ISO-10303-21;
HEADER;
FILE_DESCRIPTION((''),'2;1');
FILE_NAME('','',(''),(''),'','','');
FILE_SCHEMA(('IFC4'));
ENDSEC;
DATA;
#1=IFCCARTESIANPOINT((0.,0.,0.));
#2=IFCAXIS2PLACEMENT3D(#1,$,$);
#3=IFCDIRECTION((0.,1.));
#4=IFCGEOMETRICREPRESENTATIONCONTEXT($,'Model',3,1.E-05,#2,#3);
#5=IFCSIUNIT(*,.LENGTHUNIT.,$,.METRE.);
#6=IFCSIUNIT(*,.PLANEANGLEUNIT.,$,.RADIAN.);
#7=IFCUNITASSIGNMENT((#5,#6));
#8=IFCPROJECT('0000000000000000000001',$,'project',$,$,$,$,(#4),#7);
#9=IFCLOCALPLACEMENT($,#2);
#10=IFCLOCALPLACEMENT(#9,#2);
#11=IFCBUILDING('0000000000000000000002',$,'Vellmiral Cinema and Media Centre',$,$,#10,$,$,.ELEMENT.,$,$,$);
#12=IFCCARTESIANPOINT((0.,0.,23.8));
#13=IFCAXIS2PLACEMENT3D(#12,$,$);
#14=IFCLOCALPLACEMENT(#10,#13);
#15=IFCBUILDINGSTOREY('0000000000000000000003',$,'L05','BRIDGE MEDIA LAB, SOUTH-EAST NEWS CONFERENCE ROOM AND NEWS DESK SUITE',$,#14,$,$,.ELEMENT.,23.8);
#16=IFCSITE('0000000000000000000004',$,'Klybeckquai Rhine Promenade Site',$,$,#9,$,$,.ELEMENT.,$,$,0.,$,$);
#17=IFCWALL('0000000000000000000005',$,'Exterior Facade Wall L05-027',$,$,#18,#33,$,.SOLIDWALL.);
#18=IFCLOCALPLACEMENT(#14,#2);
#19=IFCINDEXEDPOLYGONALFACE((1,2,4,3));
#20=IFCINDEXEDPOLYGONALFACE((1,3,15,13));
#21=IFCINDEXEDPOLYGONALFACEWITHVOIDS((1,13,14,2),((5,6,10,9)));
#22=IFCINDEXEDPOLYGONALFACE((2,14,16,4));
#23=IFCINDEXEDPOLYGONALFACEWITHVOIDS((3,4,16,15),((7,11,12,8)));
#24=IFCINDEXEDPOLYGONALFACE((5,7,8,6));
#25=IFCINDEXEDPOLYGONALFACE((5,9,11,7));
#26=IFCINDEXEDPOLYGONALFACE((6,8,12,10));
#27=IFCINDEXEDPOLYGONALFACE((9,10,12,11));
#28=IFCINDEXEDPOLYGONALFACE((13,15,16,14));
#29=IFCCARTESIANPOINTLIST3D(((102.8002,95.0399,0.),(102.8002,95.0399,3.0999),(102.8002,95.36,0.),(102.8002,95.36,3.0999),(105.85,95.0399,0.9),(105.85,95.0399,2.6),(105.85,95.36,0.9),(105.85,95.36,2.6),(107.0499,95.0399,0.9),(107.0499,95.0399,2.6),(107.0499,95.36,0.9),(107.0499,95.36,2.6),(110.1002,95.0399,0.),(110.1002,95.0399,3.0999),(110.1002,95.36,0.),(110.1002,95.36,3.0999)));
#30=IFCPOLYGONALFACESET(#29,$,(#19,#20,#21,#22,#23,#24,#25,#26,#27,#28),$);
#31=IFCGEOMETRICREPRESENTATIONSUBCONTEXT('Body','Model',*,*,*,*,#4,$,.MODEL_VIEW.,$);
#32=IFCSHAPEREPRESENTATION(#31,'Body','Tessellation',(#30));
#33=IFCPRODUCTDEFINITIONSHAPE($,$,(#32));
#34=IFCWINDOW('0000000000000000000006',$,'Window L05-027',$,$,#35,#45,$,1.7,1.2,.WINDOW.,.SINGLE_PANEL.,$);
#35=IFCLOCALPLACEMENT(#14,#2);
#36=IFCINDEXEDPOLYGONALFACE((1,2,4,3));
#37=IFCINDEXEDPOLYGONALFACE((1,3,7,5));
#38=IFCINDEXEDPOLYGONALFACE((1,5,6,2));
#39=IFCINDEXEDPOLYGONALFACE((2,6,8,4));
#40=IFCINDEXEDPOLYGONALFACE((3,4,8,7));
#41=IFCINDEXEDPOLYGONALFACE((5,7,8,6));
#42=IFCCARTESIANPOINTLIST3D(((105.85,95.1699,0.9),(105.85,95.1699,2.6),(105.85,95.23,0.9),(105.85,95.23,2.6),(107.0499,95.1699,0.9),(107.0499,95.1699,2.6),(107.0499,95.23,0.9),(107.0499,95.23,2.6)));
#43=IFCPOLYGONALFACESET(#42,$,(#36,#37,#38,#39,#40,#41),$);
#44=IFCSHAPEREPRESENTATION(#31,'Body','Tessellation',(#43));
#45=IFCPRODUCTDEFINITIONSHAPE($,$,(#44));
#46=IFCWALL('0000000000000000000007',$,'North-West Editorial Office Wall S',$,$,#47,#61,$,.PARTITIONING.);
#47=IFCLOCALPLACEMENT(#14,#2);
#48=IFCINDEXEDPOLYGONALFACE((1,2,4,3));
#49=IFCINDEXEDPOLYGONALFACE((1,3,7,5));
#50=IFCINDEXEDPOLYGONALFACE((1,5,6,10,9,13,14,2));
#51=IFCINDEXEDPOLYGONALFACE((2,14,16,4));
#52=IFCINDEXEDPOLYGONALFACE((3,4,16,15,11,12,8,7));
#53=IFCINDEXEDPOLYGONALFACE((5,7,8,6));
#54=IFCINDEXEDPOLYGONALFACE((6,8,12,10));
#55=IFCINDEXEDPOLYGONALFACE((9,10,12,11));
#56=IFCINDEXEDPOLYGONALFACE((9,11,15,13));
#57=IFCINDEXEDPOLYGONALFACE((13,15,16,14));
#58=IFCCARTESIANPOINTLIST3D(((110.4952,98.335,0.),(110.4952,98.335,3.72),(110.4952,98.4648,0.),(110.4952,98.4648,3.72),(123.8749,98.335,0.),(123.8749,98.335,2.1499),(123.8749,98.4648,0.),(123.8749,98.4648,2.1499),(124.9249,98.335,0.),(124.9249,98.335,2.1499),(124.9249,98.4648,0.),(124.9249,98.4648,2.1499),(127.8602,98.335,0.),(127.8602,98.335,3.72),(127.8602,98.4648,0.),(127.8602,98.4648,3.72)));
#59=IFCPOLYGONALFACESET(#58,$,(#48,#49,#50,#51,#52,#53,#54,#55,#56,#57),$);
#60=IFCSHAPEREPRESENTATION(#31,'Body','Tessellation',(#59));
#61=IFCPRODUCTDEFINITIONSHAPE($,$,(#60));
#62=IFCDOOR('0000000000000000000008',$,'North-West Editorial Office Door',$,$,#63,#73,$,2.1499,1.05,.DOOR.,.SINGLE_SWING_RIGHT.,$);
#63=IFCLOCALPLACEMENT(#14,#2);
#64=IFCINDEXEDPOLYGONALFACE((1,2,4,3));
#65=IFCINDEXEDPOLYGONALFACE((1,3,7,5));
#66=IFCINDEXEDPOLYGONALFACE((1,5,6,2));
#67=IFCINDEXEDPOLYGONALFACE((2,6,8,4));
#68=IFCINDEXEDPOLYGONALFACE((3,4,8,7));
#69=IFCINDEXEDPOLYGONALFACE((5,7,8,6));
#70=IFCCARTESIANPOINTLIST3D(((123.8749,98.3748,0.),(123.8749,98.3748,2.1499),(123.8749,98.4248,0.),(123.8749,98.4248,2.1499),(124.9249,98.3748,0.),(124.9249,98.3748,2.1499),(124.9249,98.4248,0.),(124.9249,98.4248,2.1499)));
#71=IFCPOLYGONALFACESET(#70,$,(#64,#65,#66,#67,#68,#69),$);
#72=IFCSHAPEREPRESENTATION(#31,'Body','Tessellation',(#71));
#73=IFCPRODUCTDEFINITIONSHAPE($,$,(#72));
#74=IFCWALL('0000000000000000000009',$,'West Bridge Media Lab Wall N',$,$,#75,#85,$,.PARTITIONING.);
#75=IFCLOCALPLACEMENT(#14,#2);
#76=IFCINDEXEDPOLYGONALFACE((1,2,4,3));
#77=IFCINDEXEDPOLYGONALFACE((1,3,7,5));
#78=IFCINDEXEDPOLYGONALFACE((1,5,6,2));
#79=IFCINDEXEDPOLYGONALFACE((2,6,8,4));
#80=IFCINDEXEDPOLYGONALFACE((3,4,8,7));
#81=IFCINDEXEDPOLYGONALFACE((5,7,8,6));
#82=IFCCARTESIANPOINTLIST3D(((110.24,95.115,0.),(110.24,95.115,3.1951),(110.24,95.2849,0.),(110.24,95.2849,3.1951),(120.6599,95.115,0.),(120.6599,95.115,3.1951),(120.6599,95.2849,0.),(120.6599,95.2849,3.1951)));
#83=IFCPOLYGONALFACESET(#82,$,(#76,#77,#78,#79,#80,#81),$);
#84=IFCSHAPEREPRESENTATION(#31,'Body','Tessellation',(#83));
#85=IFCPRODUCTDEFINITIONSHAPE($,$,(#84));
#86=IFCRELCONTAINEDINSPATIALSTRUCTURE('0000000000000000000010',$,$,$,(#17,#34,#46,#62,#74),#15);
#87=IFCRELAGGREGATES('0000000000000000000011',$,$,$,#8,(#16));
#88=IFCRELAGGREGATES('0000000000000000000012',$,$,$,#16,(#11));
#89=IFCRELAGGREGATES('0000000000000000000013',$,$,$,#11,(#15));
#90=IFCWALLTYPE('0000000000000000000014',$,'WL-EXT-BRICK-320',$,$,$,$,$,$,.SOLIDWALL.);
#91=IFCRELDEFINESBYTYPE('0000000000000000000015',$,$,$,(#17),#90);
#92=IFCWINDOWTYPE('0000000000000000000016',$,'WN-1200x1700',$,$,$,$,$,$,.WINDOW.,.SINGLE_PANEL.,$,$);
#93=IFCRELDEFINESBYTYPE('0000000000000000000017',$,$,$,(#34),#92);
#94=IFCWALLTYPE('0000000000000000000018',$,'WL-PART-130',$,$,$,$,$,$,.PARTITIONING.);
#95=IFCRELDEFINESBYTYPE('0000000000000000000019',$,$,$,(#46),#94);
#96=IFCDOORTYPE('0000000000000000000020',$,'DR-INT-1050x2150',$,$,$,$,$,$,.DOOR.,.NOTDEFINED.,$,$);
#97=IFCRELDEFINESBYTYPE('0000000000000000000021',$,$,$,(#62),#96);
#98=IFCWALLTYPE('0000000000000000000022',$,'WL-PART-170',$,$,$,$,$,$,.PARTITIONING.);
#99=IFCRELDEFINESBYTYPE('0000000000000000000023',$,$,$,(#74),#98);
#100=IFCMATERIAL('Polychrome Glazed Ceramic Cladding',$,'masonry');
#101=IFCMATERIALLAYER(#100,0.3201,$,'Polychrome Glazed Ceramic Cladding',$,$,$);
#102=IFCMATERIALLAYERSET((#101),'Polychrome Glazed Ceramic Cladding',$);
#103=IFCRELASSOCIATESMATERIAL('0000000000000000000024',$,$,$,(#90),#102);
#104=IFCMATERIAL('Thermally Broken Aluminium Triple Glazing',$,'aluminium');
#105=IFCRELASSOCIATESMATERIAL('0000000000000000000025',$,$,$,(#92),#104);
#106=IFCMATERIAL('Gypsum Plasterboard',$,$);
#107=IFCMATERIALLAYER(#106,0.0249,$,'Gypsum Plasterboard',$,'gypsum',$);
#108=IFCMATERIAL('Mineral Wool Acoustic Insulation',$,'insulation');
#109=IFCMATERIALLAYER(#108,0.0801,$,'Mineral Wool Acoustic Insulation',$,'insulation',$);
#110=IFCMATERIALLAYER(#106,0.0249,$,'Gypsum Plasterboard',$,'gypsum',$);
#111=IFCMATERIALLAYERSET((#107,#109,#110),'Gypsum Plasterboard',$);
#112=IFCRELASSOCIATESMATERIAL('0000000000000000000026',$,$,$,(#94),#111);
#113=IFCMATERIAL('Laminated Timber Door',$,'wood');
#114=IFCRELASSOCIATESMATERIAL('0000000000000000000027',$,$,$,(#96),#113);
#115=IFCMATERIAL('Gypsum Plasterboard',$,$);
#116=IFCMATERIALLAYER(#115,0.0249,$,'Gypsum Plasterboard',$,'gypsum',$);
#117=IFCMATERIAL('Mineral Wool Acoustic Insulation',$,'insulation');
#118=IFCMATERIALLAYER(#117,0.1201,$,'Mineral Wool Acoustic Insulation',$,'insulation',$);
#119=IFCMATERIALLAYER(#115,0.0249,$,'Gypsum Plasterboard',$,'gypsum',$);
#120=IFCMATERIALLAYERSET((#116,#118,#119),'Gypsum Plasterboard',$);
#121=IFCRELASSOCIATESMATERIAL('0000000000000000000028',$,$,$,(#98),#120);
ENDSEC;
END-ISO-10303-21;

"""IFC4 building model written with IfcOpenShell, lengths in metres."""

from ifc_helpers import new_model, si_unit, direction, frame, frame_2d, origin, place, context, subcontext, project, spatial, rectangle, extrude, material, layer, layer_set, type_object, element, fill, save


model = new_model("IFC4")

# Units and contexts
model_context = context("Model", 3, precision=1e-05, world=origin(), true_north=direction((0.0, 1.0)))
body_context = subcontext(model_context, "Body", "Model", "MODEL_VIEW")
ifc_project = project(units=[si_unit("LENGTHUNIT", "METRE"), si_unit("PLANEANGLEUNIT", "RADIAN")], contexts=[model_context])

# Site, building, storey
site_placement = place(None, origin())
site = spatial("IfcSite", under=ifc_project, at=site_placement, Name="Klybeckquai Rhine Promenade Site", CompositionType="ELEMENT", RefElevation=0.0)
building_placement = place(site_placement, origin())
building = spatial("IfcBuilding", under=site, at=building_placement, Name="Vellmiral Cinema and Media Centre", CompositionType="ELEMENT")
storey_placement = place(building_placement, frame((0.0, 0.0, 23.8)))
storey = spatial("IfcBuildingStorey", under=building, at=storey_placement, Name="L05", Description="BRIDGE MEDIA LAB, SOUTH-EAST NEWS CONFERENCE ROOM AND NEWS DESK SUITE", CompositionType="ELEMENT", Elevation=23.8)

# Wall, opening, window
ifc_material_1 = material(Name="Polychrome Glazed Ceramic Cladding", Category="masonry")
ifc_layer_1 = layer(ifc_material_1, 0.3201, Name="Polychrome Glazed Ceramic Cladding")
ifc_layer_set_1 = layer_set([ifc_layer_1], Name="Polychrome Glazed Ceramic Cladding")
wall_type_1 = type_object("IfcWallType", Name="WL-EXT-BRICK-320", PredefinedType="SOLIDWALL", material=ifc_layer_set_1)
wall_1_placement = place(storey_placement, frame((110.1001, 95.2, 0.0), z_axis=(0.0, 0.0, 1.0), x_axis=(-1.0, 0.0, 0.0)))
wall_1 = element("IfcWall", 1, at=wall_1_placement, inside=storey, type_object=wall_type_1, Name="Exterior Facade Wall L05-027", PredefinedType="SOLIDWALL", context=body_context, shape_type="SweptSolid", body=[
    extrude(rectangle(XDim=7.3, YDim=0.3201, at=frame_2d((3.6499, 0.0))), origin(), (0.0, 0.0, 1.0), 3.0999),
])
opening_1_placement = place(wall_1_placement, frame((3.05, 0.0, 0.8999)))
opening_1 = element("IfcOpeningElement", 2, at=opening_1_placement, cuts=wall_1, PredefinedType="OPENING", context=body_context, shape_type="SweptSolid", body=[
    extrude(rectangle(XDim=1.2, YDim=1.7, at=frame_2d((0.6001, 0.8501))), frame((0.0, 0.1719, 0.0), z_axis=(0.0, -1.0, 0.0), x_axis=(1.0, 0.0, 0.0)), (0.0, 0.0, 1.0), 0.344),
])
ifc_material_2 = material(Name="Thermally Broken Aluminium Triple Glazing", Category="aluminium")
window_type = type_object("IfcWindowType", Name="WN-1200x1700", PartitioningType="SINGLE_PANEL", PredefinedType="WINDOW", material=ifc_material_2)
window_placement = place(opening_1_placement, origin())
window = element("IfcWindow", 3, at=window_placement, inside=storey, type_object=window_type, Name="Window L05-027", OverallHeight=1.7, OverallWidth=1.2, PartitioningType="SINGLE_PANEL", PredefinedType="WINDOW", context=body_context, shape_type="SweptSolid", body=[
    extrude(rectangle(XDim=1.2, YDim=1.7, at=frame_2d((0.6001, 0.8501))), frame((0.0, 0.03, 0.0), z_axis=(0.0, -1.0, 0.0), x_axis=(1.0, 0.0, 0.0)), (0.0, 0.0, 1.0), 0.0601),
])
fill(opening_1, window)

# Wall, opening, door
ifc_material_3 = material(Name="Gypsum Plasterboard")
ifc_layer_2 = layer(ifc_material_3, 0.0249, Name="Gypsum Plasterboard", Category="gypsum")
ifc_material_4 = material(Name="Mineral Wool Acoustic Insulation", Category="insulation")
ifc_layer_3 = layer(ifc_material_4, 0.0801, Name="Mineral Wool Acoustic Insulation", Category="insulation")
ifc_layer_4 = layer(ifc_material_3, 0.0249, Name="Gypsum Plasterboard", Category="gypsum")
ifc_layer_set_2 = layer_set([ifc_layer_2, ifc_layer_3, ifc_layer_4], Name="Gypsum Plasterboard")
wall_type_2 = type_object("IfcWallType", Name="WL-PART-130", PredefinedType="PARTITIONING", material=ifc_layer_set_2)
wall_2_placement = place(storey_placement, frame((110.4951, 98.3999, 0.0), z_axis=(0.0, 0.0, 1.0), x_axis=(1.0, 0.0, 0.0)))
wall_2 = element("IfcWall", 4, at=wall_2_placement, inside=storey, type_object=wall_type_2, Name="North-West Editorial Office Wall S", PredefinedType="PARTITIONING", context=body_context, shape_type="SweptSolid", body=[
    extrude(rectangle(XDim=17.365, YDim=0.1299, at=frame_2d((8.6826, 0.0))), origin(), (0.0, 0.0, 1.0), 3.72),
])
opening_2_placement = place(wall_2_placement, frame((13.3799, 0.0, 0.0)))
opening_2 = element("IfcOpeningElement", 5, at=opening_2_placement, cuts=wall_2, PredefinedType="OPENING", context=body_context, shape_type="SweptSolid", body=[
    extrude(rectangle(XDim=1.05, YDim=2.1499, at=frame_2d((0.5249, 1.075))), frame((0.0, 0.0769, 0.0), z_axis=(0.0, -1.0, 0.0), x_axis=(1.0, 0.0, 0.0)), (0.0, 0.0, 1.0), 0.1538),
])
ifc_material_5 = material(Name="Laminated Timber Door", Category="wood")
door_type = type_object("IfcDoorType", Name="DR-INT-1050x2150", OperationType="NOTDEFINED", PredefinedType="DOOR", material=ifc_material_5)
door_placement = place(opening_2_placement, origin())
door = element("IfcDoor", 6, at=door_placement, inside=storey, type_object=door_type, Name="North-West Editorial Office Door", OperationType="SINGLE_SWING_RIGHT", OverallHeight=2.1499, OverallWidth=1.05, PredefinedType="DOOR", context=body_context, shape_type="SweptSolid", body=[
    extrude(rectangle(XDim=1.05, YDim=2.1499, at=frame_2d((0.5249, 1.075))), frame((0.0, 0.0249, 0.0), z_axis=(0.0, -1.0, 0.0), x_axis=(1.0, 0.0, 0.0)), (0.0, 0.0, 1.0), 0.05),
])
fill(opening_2, door)

# Wall
ifc_material_6 = material(Name="Gypsum Plasterboard")
ifc_layer_5 = layer(ifc_material_6, 0.0249, Name="Gypsum Plasterboard", Category="gypsum")
ifc_material_7 = material(Name="Mineral Wool Acoustic Insulation", Category="insulation")
ifc_layer_6 = layer(ifc_material_7, 0.1201, Name="Mineral Wool Acoustic Insulation", Category="insulation")
ifc_layer_7 = layer(ifc_material_6, 0.0249, Name="Gypsum Plasterboard", Category="gypsum")
ifc_layer_set_3 = layer_set([ifc_layer_5, ifc_layer_6, ifc_layer_7], Name="Gypsum Plasterboard")
wall_type_3 = type_object("IfcWallType", Name="WL-PART-170", PredefinedType="PARTITIONING", material=ifc_layer_set_3)
wall_3_placement = place(storey_placement, frame((110.24, 95.2, 0.0), z_axis=(0.0, 0.0, 1.0), x_axis=(1.0, 0.0, 0.0)))
element("IfcWall", 7, at=wall_3_placement, inside=storey, type_object=wall_type_3, Name="West Bridge Media Lab Wall N", PredefinedType="PARTITIONING", context=body_context, shape_type="SweptSolid", body=[
    extrude(rectangle(XDim=10.4199, YDim=0.1699, at=frame_2d((5.21, 0.0))), origin(), (0.0, 0.0, 1.0), 3.1951),
])

save(model, "model.ifc")
